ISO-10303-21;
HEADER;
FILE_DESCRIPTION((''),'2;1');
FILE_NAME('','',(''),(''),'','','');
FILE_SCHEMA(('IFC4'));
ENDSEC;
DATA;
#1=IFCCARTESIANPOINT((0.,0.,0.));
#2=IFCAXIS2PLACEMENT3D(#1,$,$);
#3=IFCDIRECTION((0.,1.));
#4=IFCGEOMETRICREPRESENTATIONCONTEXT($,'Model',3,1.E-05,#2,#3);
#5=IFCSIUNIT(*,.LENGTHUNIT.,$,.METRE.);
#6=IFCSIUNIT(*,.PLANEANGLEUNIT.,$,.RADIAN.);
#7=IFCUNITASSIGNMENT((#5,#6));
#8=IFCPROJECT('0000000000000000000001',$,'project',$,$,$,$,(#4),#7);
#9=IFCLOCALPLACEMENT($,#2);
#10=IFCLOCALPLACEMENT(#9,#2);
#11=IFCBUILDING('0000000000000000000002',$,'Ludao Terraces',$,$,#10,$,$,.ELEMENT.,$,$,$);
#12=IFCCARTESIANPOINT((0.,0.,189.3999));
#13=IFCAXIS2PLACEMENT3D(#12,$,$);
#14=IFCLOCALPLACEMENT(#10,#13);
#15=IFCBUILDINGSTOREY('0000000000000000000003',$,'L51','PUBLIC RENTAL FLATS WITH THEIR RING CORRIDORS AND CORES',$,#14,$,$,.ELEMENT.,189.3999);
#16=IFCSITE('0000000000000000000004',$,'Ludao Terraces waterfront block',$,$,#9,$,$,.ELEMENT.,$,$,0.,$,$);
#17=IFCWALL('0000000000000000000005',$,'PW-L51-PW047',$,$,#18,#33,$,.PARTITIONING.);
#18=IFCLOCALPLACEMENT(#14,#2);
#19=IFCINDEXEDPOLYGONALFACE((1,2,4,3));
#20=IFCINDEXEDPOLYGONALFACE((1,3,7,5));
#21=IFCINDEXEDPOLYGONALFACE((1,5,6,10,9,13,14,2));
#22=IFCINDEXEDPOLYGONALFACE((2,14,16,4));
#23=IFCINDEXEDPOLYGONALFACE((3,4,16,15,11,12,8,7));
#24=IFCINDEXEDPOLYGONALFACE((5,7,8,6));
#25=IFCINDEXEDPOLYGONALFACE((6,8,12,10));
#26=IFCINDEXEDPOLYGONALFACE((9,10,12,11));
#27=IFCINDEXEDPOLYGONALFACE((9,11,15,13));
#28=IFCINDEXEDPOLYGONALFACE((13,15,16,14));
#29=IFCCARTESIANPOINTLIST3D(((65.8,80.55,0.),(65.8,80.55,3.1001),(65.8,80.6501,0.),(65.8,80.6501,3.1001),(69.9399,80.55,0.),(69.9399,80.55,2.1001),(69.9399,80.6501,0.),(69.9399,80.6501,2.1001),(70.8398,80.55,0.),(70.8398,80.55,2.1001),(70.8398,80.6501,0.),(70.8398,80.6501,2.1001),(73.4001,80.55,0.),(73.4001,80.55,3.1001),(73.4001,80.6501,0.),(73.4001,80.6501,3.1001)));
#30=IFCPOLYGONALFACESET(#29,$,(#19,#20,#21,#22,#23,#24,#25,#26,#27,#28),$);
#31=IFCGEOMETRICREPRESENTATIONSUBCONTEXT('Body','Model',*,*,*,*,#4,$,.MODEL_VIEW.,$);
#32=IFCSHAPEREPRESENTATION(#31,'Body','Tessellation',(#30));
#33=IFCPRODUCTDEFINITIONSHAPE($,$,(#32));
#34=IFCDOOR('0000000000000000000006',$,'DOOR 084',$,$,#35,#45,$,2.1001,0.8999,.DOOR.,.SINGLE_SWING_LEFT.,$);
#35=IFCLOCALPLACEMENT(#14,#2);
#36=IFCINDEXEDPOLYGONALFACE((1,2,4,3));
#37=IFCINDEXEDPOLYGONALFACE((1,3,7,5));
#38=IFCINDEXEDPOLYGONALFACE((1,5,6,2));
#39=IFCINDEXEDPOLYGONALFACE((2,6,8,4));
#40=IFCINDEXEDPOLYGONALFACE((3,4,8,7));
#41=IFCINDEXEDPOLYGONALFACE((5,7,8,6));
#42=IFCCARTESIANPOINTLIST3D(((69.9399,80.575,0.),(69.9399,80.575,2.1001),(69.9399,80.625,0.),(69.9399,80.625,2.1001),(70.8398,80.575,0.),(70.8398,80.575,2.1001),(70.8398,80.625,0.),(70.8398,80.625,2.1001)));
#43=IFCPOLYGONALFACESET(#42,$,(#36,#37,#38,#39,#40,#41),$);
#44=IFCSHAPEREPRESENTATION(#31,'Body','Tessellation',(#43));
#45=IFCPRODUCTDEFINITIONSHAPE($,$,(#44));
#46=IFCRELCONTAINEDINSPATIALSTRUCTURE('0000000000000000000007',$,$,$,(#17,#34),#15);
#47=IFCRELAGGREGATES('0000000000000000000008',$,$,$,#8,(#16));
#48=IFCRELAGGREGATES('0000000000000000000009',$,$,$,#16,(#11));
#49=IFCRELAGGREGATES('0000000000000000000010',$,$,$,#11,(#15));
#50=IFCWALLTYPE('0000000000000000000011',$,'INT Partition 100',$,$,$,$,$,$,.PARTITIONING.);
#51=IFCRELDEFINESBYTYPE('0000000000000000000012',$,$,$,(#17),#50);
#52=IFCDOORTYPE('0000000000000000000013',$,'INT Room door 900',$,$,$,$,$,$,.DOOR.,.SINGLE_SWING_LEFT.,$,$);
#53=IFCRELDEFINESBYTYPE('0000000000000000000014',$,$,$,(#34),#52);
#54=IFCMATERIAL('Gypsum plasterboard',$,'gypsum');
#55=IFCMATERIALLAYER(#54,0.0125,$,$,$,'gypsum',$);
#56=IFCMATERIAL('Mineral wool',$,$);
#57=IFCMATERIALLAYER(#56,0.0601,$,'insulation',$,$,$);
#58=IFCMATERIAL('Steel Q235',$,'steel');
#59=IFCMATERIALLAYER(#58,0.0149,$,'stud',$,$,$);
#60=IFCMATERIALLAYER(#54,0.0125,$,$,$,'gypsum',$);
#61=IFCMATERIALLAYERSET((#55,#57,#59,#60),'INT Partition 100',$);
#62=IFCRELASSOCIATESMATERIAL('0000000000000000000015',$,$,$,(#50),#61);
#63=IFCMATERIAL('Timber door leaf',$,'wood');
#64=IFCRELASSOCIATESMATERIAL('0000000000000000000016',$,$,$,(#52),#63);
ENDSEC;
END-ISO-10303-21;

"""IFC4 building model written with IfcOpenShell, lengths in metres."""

from ifc_helpers import new_model, si_unit, direction, frame, frame_2d, origin, place, context, subcontext, project, spatial, rectangle, extrude, material, layer, layer_set, type_object, element, fill, save


model = new_model("IFC4")

# Units and contexts
model_context = context("Model", 3, precision=1e-05, world=origin(), true_north=direction((0.0, 1.0)))
body_context = subcontext(model_context, "Body", "Model", "MODEL_VIEW")
ifc_project = project(units=[si_unit("LENGTHUNIT", "METRE"), si_unit("PLANEANGLEUNIT", "RADIAN")], contexts=[model_context])

# Site, building, storey
site_placement = place(None, origin())
site = spatial("IfcSite", under=ifc_project, at=site_placement, Name="Ludao Terraces waterfront block", CompositionType="ELEMENT", RefElevation=0.0)
building_placement = place(site_placement, origin())
building = spatial("IfcBuilding", under=site, at=building_placement, Name="Ludao Terraces", CompositionType="ELEMENT")
storey_placement = place(building_placement, frame((0.0, 0.0, 189.3999)))
storey = spatial("IfcBuildingStorey", under=building, at=storey_placement, Name="L51", Description="PUBLIC RENTAL FLATS WITH THEIR RING CORRIDORS AND CORES", CompositionType="ELEMENT", Elevation=189.3999)

# Shared definitions
ifc_material_1 = material(Name="Mineral wool")

# Shared definitions
ifc_material_2 = material(Name="Gypsum plasterboard", Category="gypsum")
ifc_layer_1 = layer(ifc_material_2, 0.0125, Category="gypsum")
ifc_layer_2 = layer(ifc_material_1, 0.0601, Name="insulation")
ifc_material_3 = material(Name="Steel Q235", Category="steel")
ifc_layer_3 = layer(ifc_material_3, 0.0149, Name="stud")
ifc_layer_4 = layer(ifc_material_2, 0.0125, Category="gypsum")
ifc_layer_set_1 = layer_set([ifc_layer_1, ifc_layer_2, ifc_layer_3, ifc_layer_4], Name="INT Partition 100")
wall_type_1 = type_object("IfcWallType", Name="INT Partition 100", PredefinedType="PARTITIONING", material=ifc_layer_set_1)

# Wall, opening, door
wall_1_placement = place(storey_placement, frame((65.8, 80.6001, 0.0), z_axis=(0.0, 0.0, 1.0), x_axis=(1.0, 0.0, 0.0)))
wall_1 = element("IfcWall", 1, at=wall_1_placement, inside=storey, type_object=wall_type_1, Name="PW-L51-PW047", PredefinedType="PARTITIONING", context=body_context, shape_type="SweptSolid", body=[
    extrude(rectangle(XDim=7.6001, YDim=0.1001, at=frame_2d((3.8, 0.0))), origin(), (0.0, 0.0, 1.0), 3.1001),
])
opening_1_placement = place(wall_1_placement, frame((4.1399, 0.0, 0.0)))
opening_1 = element("IfcOpeningElement", 2, at=opening_1_placement, cuts=wall_1, PredefinedType="OPENING", context=body_context, shape_type="SweptSolid", body=[
    extrude(rectangle(XDim=0.8999, YDim=2.1001, at=frame_2d((0.45, 1.05))), frame((0.0, 0.0601, 0.0), z_axis=(0.0, -1.0, 0.0), x_axis=(1.0, 0.0, 0.0)), (0.0, 0.0, 1.0), 0.1201),
])
ifc_material_4 = material(Name="Timber door leaf", Category="wood")
door_type = type_object("IfcDoorType", Name="INT Room door 900", OperationType="SINGLE_SWING_LEFT", PredefinedType="DOOR", material=ifc_material_4)
door_placement = place(opening_1_placement, origin())
door = element("IfcDoor", 3, at=door_placement, inside=storey, type_object=door_type, Name="DOOR 084", OperationType="SINGLE_SWING_LEFT", OverallHeight=2.1001, OverallWidth=0.8999, PredefinedType="DOOR", context=body_context, shape_type="SweptSolid", body=[
    extrude(rectangle(XDim=0.8999, YDim=2.1001, at=frame_2d((0.45, 1.05))), frame((0.0, 0.0249, 0.0), z_axis=(0.0, -1.0, 0.0), x_axis=(1.0, 0.0, 0.0)), (0.0, 0.0, 1.0), 0.05),
])
fill(opening_1, door)

save(model, "model.ifc")
